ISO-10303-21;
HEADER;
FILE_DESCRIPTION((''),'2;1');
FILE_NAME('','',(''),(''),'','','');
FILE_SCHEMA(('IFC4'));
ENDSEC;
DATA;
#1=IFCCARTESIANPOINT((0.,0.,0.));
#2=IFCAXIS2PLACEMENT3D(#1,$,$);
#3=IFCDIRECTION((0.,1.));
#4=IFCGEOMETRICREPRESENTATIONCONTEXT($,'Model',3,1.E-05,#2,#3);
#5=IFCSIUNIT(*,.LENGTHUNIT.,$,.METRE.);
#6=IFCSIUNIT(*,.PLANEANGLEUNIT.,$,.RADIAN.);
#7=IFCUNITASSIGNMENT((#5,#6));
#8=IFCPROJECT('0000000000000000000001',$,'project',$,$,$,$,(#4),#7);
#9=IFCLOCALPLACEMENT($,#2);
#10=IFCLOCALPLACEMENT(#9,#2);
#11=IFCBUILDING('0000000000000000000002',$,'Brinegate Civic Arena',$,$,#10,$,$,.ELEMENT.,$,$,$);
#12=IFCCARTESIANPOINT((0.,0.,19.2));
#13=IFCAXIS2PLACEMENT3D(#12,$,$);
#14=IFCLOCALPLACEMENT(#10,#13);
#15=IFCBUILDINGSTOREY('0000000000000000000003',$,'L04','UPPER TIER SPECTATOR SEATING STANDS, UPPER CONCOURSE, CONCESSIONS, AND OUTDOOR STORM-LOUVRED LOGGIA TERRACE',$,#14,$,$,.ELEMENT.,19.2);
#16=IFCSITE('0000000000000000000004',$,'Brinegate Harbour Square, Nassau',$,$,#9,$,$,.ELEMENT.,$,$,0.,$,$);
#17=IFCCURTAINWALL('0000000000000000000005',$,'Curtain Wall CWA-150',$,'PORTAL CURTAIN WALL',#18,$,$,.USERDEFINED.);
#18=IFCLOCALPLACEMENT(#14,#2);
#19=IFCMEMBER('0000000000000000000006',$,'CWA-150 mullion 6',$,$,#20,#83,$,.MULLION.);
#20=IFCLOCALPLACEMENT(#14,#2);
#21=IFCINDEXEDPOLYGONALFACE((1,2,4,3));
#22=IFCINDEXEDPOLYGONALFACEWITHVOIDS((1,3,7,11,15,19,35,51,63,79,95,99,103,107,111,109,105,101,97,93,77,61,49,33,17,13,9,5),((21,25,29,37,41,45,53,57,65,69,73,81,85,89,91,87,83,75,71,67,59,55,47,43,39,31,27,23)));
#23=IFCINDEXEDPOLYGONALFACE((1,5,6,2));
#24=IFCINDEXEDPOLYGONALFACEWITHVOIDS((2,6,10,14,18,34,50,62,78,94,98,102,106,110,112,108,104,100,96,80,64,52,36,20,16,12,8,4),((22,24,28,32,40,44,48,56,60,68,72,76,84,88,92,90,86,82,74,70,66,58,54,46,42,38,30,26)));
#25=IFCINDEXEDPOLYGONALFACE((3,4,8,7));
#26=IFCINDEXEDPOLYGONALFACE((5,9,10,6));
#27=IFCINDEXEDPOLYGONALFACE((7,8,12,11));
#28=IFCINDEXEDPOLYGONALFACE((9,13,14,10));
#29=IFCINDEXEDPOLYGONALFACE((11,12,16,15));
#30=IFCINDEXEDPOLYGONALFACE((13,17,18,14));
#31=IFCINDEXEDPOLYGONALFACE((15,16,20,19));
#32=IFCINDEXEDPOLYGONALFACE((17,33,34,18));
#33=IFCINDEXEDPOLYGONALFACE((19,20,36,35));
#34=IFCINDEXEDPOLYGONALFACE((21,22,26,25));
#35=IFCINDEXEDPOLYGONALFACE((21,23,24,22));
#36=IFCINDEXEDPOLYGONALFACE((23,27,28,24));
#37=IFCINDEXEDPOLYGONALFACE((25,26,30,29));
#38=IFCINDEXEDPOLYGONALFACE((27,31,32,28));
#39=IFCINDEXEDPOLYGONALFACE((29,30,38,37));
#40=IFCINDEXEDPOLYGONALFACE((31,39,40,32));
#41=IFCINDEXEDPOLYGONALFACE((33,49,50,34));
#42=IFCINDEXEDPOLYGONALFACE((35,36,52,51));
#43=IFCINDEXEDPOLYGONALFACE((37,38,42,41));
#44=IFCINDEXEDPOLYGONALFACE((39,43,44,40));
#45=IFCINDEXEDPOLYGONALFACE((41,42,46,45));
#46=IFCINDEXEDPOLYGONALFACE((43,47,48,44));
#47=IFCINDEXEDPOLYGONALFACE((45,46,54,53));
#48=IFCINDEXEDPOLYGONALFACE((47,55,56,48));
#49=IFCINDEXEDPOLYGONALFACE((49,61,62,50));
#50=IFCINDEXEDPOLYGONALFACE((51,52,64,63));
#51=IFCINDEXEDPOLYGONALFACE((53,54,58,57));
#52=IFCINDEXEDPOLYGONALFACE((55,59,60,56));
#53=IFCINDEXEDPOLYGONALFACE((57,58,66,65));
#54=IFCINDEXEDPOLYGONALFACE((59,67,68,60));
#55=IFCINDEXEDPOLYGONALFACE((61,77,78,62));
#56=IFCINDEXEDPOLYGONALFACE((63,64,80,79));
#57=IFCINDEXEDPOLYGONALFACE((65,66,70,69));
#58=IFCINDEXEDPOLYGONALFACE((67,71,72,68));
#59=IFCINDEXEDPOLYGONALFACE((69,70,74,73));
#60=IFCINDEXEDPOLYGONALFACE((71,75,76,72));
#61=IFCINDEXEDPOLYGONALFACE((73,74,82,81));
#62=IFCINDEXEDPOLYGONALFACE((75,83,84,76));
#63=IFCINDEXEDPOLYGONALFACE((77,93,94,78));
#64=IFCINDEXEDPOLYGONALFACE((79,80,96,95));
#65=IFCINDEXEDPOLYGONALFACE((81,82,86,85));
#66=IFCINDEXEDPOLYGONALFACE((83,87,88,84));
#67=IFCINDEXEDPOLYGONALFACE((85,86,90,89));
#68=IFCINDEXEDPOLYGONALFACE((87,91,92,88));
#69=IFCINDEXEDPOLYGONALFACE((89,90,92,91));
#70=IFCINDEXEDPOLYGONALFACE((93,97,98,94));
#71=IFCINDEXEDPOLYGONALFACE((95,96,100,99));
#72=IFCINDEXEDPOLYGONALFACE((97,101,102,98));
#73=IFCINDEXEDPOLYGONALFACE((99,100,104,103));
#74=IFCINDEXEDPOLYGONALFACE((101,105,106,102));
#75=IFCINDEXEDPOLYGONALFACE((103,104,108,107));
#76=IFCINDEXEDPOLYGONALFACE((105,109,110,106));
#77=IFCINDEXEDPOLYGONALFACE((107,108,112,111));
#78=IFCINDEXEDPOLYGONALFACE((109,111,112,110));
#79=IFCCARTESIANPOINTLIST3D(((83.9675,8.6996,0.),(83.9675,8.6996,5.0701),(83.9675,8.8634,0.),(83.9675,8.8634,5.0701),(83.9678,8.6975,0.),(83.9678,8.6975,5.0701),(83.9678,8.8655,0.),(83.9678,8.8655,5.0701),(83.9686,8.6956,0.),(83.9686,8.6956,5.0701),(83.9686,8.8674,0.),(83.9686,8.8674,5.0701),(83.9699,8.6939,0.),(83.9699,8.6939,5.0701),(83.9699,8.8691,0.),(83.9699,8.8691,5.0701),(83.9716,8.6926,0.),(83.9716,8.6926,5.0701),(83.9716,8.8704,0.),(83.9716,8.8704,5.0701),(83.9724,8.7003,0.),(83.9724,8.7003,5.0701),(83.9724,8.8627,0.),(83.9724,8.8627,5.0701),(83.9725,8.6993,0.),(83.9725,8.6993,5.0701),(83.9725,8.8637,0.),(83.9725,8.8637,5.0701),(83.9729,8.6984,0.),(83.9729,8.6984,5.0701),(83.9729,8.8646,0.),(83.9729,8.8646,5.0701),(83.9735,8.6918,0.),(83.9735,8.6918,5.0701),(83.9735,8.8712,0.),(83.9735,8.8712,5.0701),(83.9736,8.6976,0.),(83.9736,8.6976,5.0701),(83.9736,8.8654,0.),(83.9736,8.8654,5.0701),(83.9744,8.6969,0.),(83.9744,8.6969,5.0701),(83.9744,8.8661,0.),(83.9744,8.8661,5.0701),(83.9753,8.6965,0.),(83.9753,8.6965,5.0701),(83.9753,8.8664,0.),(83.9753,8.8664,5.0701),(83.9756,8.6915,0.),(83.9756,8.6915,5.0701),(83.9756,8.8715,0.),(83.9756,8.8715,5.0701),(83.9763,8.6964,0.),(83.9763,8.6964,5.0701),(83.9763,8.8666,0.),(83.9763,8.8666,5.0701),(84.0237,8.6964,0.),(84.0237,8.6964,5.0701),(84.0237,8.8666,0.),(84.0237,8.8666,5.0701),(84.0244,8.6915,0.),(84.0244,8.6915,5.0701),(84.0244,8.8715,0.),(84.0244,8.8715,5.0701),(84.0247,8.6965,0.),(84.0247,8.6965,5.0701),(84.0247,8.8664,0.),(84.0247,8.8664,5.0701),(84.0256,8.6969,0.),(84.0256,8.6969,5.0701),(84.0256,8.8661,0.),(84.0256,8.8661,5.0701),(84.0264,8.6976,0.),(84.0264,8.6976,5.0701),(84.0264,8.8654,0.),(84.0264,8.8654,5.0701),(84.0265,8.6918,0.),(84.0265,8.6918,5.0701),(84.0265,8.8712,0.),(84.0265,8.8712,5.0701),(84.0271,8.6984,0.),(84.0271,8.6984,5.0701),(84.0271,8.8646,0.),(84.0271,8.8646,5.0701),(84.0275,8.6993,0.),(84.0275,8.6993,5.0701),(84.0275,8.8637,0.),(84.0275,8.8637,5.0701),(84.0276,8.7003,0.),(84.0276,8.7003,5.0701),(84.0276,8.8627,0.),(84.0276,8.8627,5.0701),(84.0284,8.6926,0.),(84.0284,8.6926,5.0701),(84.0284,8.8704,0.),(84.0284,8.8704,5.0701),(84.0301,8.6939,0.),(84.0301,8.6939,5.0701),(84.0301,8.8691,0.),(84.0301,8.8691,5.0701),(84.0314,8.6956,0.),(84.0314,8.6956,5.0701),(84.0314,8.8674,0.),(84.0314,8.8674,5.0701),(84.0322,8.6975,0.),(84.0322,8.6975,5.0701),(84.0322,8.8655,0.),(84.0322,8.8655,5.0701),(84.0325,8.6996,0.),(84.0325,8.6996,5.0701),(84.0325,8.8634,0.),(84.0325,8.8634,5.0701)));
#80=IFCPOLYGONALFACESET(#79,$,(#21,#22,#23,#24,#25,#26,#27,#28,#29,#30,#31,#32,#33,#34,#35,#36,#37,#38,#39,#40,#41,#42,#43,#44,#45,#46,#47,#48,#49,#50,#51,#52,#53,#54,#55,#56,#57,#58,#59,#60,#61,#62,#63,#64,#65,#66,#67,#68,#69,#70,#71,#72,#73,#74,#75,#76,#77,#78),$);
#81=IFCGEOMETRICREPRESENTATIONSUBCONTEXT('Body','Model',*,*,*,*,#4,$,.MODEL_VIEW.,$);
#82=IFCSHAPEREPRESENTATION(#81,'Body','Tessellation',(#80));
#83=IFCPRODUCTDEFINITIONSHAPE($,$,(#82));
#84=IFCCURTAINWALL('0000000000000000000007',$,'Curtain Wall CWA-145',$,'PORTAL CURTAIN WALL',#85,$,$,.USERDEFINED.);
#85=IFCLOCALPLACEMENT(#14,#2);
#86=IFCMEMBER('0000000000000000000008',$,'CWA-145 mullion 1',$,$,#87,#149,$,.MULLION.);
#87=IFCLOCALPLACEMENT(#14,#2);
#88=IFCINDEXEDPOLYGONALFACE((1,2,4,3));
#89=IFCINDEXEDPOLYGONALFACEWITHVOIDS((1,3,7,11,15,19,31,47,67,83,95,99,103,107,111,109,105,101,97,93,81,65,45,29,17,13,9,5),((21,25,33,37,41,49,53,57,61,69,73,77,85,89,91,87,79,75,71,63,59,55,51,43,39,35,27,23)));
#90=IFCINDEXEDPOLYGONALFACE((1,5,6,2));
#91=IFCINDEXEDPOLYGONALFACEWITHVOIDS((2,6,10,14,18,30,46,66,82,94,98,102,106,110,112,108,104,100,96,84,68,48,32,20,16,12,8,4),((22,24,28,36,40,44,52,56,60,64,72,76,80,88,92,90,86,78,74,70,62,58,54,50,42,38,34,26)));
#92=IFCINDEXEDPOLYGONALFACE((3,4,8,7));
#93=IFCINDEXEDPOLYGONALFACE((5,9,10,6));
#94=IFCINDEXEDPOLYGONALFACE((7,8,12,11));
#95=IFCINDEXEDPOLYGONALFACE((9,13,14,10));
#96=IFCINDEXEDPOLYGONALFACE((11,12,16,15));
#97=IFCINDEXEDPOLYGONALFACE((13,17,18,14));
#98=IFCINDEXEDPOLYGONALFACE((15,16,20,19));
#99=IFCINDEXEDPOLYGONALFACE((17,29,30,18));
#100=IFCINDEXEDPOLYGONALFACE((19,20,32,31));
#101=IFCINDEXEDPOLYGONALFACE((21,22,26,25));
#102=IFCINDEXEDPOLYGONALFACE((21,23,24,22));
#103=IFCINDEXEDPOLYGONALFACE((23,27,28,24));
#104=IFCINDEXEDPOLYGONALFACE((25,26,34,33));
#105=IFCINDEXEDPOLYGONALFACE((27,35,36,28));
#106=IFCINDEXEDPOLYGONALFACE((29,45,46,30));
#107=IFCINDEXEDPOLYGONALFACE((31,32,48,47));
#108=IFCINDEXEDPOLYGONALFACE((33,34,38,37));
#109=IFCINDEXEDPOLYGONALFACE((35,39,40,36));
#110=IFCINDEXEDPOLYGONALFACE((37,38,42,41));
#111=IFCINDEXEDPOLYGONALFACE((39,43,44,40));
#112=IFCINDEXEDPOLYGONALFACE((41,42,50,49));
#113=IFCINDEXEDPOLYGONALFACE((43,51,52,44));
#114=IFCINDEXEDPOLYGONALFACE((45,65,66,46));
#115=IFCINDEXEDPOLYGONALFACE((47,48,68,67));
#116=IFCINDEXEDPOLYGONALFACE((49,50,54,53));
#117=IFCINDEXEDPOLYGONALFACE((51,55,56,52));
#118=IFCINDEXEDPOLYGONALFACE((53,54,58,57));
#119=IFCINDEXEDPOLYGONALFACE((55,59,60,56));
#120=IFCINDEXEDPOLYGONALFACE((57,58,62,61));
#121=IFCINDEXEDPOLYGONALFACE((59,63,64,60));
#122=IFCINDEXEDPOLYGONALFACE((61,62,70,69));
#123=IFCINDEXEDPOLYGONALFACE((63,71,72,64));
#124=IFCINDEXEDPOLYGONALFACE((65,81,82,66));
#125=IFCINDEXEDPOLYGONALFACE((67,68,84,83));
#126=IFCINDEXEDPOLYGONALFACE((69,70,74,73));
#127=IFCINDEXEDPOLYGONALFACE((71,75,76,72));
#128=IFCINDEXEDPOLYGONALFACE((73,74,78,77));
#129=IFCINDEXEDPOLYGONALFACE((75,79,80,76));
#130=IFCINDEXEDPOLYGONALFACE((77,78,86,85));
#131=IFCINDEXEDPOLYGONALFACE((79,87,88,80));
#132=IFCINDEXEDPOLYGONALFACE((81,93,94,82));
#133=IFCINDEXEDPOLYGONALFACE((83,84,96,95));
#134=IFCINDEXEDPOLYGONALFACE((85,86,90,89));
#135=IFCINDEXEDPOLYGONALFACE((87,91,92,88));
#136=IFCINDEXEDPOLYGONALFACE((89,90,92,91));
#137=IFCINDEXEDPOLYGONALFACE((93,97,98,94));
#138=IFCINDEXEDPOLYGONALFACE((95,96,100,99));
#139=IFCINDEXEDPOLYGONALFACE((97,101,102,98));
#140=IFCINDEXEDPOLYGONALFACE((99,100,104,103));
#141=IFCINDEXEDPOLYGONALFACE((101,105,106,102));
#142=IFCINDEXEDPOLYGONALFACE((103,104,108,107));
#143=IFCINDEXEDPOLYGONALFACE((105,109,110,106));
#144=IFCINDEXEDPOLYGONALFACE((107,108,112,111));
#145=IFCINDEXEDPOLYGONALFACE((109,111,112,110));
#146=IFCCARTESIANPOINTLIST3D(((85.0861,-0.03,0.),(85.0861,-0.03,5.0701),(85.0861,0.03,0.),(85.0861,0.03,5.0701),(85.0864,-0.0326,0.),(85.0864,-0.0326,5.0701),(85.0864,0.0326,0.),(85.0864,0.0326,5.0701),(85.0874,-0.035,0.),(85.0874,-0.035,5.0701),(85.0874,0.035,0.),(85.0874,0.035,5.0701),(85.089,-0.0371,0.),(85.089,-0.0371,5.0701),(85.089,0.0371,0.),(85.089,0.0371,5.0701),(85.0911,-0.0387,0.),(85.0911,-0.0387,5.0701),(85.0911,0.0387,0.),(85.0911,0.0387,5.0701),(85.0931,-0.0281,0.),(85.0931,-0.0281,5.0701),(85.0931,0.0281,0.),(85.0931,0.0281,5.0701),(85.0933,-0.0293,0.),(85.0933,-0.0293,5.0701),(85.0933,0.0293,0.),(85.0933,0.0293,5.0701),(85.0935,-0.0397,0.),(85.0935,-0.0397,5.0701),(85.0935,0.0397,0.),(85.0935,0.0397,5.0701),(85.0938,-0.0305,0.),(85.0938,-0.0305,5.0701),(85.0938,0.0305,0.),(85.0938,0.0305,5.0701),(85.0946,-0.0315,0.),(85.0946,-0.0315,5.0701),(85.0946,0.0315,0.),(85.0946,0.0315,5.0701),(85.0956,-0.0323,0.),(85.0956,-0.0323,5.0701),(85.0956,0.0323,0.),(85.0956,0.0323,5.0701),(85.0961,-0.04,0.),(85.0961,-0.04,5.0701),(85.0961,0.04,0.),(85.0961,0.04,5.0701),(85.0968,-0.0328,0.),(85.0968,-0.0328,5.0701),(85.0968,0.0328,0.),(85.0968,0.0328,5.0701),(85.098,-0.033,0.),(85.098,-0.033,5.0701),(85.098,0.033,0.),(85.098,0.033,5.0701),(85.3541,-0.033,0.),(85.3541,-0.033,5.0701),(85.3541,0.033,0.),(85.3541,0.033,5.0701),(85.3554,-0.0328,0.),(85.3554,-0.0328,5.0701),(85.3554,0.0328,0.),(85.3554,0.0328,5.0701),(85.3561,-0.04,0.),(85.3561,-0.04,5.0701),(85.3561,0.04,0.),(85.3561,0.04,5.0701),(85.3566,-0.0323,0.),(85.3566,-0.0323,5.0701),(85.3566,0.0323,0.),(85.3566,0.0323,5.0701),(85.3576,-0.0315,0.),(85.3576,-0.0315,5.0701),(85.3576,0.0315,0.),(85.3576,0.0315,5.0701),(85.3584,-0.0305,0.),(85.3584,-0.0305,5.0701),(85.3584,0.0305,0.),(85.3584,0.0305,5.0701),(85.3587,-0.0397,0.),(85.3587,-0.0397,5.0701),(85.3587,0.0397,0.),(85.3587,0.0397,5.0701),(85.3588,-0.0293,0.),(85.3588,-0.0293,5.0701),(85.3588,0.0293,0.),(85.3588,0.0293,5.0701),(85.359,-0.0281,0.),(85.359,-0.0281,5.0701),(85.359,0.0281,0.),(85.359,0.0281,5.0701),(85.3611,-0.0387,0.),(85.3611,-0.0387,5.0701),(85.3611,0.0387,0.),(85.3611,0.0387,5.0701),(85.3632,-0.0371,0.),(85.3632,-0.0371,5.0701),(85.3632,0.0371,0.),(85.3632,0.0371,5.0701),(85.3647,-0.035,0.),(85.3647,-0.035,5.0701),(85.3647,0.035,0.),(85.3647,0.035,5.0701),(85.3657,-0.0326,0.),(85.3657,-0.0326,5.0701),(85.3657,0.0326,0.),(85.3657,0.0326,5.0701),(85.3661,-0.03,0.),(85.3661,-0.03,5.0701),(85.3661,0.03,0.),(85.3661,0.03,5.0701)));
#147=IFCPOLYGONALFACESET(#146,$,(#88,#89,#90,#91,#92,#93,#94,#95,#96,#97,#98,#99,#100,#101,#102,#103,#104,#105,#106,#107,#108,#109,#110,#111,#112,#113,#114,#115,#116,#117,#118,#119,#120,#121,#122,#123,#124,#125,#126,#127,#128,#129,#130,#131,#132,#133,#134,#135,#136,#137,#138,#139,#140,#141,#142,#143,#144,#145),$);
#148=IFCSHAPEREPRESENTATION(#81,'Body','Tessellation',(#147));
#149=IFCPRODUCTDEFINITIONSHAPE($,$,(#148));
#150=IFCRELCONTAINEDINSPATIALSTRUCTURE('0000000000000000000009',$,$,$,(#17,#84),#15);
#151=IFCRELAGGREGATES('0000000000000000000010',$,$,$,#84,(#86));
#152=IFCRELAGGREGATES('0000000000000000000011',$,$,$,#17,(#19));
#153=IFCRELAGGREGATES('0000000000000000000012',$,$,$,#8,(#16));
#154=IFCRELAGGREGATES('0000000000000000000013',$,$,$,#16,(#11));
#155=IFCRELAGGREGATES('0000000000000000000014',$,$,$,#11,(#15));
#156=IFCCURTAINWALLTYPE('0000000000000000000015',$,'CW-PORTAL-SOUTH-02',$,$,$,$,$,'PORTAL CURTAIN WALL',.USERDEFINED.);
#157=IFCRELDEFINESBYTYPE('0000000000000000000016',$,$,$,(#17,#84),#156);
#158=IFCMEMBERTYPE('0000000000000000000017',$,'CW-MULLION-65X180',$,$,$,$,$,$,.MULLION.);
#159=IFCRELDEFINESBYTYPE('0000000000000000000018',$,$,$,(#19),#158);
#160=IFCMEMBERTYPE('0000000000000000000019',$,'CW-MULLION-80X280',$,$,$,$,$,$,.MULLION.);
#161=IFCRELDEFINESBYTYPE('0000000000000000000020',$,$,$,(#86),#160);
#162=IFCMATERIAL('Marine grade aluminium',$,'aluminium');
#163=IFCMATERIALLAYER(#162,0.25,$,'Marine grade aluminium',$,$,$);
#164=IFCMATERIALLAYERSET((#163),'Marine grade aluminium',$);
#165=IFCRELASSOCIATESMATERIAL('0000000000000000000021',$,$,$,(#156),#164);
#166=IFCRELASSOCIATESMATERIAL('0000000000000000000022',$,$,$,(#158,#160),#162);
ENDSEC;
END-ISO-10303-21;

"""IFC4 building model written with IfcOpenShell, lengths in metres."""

from ifc_helpers import new_model, si_unit, direction, frame, origin, origin_2d, place, context, subcontext, project, spatial, hollow_rectangle, extrude, material, layer, layer_set, material_profile, profile_set, type_object, element, aggregate, save


model = new_model("IFC4")

# Units and contexts
model_context = context("Model", 3, precision=1e-05, world=origin(), true_north=direction((0.0, 1.0)))
body_context = subcontext(model_context, "Body", "Model", "MODEL_VIEW")
ifc_project = project(units=[si_unit("LENGTHUNIT", "METRE"), si_unit("PLANEANGLEUNIT", "RADIAN")], contexts=[model_context])

# Site, building, storey
site_placement = place(None, origin())
site = spatial("IfcSite", under=ifc_project, at=site_placement, Name="Brinegate Harbour Square, Nassau", CompositionType="ELEMENT", RefElevation=0.0)
building_placement = place(site_placement, origin())
building = spatial("IfcBuilding", under=site, at=building_placement, Name="Brinegate Civic Arena", CompositionType="ELEMENT")
storey_placement = place(building_placement, frame((0.0, 0.0, 19.2)))
storey = spatial("IfcBuildingStorey", under=building, at=storey_placement, Name="L04", Description="UPPER TIER SPECTATOR SEATING STANDS, UPPER CONCOURSE, CONCESSIONS, AND OUTDOOR STORM-LOUVRED LOGGIA TERRACE", CompositionType="ELEMENT", Elevation=19.2)

# Curtain walls, members
ifc_material_1 = material(Name="Marine grade aluminium", Category="aluminium")
ifc_layer_1 = layer(ifc_material_1, 0.25, Name="Marine grade aluminium")
ifc_layer_set_1 = layer_set([ifc_layer_1], Name="Marine grade aluminium")
curtain_wall_type = type_object("IfcCurtainWallType", Name="CW-PORTAL-SOUTH-02", ElementType="PORTAL CURTAIN WALL", PredefinedType="USERDEFINED", material=ifc_layer_set_1)
curtain_wall_1_placement = place(storey_placement, origin())
curtain_wall_1 = element("IfcCurtainWall", 1, at=curtain_wall_1_placement, inside=storey, type_object=curtain_wall_type, Name="Curtain Wall CWA-150", ObjectType="PORTAL CURTAIN WALL", PredefinedType="USERDEFINED")
ifc_material_profile_1 = material_profile(ifc_material_1, hollow_rectangle(XDim=0.0649, YDim=0.1799, WallThickness=0.0049, InnerFilletRadius=0.0039, OuterFilletRadius=0.0081, at=origin_2d()), Name="MUL65X180")
ifc_profile_set_1 = profile_set([ifc_material_profile_1], Name="Marine grade aluminium")
member_type_1 = type_object("IfcMemberType", Name="CW-MULLION-65X180", PredefinedType="MULLION", material=ifc_profile_set_1)
member_1_placement = place(storey_placement, frame((84.0, 8.7815, 0.0), z_axis=(0.0, 0.0, 1.0), x_axis=(-1.0, 0.0, 0.0)))
member_1 = element("IfcMember", 2, at=member_1_placement, type_object=member_type_1, Name="CWA-150 mullion 6", PredefinedType="MULLION", context=body_context, shape_type="SweptSolid", body=[
    extrude(hollow_rectangle(XDim=0.0649, YDim=0.1799, WallThickness=0.0049, InnerFilletRadius=0.0039, OuterFilletRadius=0.0081, at=origin_2d()), origin(), (0.0, 0.0, 1.0), 5.0701),
])
curtain_wall_2_placement = place(storey_placement, origin())
curtain_wall_2 = element("IfcCurtainWall", 3, at=curtain_wall_2_placement, inside=storey, type_object=curtain_wall_type, Name="Curtain Wall CWA-145", ObjectType="PORTAL CURTAIN WALL", PredefinedType="USERDEFINED")
ifc_material_profile_2 = material_profile(ifc_material_1, hollow_rectangle(XDim=0.0801, YDim=0.28, WallThickness=0.0071, InnerFilletRadius=0.0049, OuterFilletRadius=0.01, at=origin_2d()), Name="MUL80X280")
ifc_profile_set_2 = profile_set([ifc_material_profile_2], Name="Marine grade aluminium")
member_type_2 = type_object("IfcMemberType", Name="CW-MULLION-80X280", PredefinedType="MULLION", material=ifc_profile_set_2)
member_2_placement = place(storey_placement, frame((85.2261, 0.0, 0.0), z_axis=(0.0, 0.0, 1.0), x_axis=(0.0, 1.0, 0.0)))
member_2 = element("IfcMember", 4, at=member_2_placement, type_object=member_type_2, Name="CWA-145 mullion 1", PredefinedType="MULLION", context=body_context, shape_type="SweptSolid", body=[
    extrude(hollow_rectangle(XDim=0.0801, YDim=0.28, WallThickness=0.0071, InnerFilletRadius=0.0049, OuterFilletRadius=0.01, at=origin_2d()), origin(), (0.0, 0.0, 1.0), 5.0701),
])
aggregate(curtain_wall_2, [member_2])

aggregate(curtain_wall_1, [member_1])

save(model, "model.ifc")
